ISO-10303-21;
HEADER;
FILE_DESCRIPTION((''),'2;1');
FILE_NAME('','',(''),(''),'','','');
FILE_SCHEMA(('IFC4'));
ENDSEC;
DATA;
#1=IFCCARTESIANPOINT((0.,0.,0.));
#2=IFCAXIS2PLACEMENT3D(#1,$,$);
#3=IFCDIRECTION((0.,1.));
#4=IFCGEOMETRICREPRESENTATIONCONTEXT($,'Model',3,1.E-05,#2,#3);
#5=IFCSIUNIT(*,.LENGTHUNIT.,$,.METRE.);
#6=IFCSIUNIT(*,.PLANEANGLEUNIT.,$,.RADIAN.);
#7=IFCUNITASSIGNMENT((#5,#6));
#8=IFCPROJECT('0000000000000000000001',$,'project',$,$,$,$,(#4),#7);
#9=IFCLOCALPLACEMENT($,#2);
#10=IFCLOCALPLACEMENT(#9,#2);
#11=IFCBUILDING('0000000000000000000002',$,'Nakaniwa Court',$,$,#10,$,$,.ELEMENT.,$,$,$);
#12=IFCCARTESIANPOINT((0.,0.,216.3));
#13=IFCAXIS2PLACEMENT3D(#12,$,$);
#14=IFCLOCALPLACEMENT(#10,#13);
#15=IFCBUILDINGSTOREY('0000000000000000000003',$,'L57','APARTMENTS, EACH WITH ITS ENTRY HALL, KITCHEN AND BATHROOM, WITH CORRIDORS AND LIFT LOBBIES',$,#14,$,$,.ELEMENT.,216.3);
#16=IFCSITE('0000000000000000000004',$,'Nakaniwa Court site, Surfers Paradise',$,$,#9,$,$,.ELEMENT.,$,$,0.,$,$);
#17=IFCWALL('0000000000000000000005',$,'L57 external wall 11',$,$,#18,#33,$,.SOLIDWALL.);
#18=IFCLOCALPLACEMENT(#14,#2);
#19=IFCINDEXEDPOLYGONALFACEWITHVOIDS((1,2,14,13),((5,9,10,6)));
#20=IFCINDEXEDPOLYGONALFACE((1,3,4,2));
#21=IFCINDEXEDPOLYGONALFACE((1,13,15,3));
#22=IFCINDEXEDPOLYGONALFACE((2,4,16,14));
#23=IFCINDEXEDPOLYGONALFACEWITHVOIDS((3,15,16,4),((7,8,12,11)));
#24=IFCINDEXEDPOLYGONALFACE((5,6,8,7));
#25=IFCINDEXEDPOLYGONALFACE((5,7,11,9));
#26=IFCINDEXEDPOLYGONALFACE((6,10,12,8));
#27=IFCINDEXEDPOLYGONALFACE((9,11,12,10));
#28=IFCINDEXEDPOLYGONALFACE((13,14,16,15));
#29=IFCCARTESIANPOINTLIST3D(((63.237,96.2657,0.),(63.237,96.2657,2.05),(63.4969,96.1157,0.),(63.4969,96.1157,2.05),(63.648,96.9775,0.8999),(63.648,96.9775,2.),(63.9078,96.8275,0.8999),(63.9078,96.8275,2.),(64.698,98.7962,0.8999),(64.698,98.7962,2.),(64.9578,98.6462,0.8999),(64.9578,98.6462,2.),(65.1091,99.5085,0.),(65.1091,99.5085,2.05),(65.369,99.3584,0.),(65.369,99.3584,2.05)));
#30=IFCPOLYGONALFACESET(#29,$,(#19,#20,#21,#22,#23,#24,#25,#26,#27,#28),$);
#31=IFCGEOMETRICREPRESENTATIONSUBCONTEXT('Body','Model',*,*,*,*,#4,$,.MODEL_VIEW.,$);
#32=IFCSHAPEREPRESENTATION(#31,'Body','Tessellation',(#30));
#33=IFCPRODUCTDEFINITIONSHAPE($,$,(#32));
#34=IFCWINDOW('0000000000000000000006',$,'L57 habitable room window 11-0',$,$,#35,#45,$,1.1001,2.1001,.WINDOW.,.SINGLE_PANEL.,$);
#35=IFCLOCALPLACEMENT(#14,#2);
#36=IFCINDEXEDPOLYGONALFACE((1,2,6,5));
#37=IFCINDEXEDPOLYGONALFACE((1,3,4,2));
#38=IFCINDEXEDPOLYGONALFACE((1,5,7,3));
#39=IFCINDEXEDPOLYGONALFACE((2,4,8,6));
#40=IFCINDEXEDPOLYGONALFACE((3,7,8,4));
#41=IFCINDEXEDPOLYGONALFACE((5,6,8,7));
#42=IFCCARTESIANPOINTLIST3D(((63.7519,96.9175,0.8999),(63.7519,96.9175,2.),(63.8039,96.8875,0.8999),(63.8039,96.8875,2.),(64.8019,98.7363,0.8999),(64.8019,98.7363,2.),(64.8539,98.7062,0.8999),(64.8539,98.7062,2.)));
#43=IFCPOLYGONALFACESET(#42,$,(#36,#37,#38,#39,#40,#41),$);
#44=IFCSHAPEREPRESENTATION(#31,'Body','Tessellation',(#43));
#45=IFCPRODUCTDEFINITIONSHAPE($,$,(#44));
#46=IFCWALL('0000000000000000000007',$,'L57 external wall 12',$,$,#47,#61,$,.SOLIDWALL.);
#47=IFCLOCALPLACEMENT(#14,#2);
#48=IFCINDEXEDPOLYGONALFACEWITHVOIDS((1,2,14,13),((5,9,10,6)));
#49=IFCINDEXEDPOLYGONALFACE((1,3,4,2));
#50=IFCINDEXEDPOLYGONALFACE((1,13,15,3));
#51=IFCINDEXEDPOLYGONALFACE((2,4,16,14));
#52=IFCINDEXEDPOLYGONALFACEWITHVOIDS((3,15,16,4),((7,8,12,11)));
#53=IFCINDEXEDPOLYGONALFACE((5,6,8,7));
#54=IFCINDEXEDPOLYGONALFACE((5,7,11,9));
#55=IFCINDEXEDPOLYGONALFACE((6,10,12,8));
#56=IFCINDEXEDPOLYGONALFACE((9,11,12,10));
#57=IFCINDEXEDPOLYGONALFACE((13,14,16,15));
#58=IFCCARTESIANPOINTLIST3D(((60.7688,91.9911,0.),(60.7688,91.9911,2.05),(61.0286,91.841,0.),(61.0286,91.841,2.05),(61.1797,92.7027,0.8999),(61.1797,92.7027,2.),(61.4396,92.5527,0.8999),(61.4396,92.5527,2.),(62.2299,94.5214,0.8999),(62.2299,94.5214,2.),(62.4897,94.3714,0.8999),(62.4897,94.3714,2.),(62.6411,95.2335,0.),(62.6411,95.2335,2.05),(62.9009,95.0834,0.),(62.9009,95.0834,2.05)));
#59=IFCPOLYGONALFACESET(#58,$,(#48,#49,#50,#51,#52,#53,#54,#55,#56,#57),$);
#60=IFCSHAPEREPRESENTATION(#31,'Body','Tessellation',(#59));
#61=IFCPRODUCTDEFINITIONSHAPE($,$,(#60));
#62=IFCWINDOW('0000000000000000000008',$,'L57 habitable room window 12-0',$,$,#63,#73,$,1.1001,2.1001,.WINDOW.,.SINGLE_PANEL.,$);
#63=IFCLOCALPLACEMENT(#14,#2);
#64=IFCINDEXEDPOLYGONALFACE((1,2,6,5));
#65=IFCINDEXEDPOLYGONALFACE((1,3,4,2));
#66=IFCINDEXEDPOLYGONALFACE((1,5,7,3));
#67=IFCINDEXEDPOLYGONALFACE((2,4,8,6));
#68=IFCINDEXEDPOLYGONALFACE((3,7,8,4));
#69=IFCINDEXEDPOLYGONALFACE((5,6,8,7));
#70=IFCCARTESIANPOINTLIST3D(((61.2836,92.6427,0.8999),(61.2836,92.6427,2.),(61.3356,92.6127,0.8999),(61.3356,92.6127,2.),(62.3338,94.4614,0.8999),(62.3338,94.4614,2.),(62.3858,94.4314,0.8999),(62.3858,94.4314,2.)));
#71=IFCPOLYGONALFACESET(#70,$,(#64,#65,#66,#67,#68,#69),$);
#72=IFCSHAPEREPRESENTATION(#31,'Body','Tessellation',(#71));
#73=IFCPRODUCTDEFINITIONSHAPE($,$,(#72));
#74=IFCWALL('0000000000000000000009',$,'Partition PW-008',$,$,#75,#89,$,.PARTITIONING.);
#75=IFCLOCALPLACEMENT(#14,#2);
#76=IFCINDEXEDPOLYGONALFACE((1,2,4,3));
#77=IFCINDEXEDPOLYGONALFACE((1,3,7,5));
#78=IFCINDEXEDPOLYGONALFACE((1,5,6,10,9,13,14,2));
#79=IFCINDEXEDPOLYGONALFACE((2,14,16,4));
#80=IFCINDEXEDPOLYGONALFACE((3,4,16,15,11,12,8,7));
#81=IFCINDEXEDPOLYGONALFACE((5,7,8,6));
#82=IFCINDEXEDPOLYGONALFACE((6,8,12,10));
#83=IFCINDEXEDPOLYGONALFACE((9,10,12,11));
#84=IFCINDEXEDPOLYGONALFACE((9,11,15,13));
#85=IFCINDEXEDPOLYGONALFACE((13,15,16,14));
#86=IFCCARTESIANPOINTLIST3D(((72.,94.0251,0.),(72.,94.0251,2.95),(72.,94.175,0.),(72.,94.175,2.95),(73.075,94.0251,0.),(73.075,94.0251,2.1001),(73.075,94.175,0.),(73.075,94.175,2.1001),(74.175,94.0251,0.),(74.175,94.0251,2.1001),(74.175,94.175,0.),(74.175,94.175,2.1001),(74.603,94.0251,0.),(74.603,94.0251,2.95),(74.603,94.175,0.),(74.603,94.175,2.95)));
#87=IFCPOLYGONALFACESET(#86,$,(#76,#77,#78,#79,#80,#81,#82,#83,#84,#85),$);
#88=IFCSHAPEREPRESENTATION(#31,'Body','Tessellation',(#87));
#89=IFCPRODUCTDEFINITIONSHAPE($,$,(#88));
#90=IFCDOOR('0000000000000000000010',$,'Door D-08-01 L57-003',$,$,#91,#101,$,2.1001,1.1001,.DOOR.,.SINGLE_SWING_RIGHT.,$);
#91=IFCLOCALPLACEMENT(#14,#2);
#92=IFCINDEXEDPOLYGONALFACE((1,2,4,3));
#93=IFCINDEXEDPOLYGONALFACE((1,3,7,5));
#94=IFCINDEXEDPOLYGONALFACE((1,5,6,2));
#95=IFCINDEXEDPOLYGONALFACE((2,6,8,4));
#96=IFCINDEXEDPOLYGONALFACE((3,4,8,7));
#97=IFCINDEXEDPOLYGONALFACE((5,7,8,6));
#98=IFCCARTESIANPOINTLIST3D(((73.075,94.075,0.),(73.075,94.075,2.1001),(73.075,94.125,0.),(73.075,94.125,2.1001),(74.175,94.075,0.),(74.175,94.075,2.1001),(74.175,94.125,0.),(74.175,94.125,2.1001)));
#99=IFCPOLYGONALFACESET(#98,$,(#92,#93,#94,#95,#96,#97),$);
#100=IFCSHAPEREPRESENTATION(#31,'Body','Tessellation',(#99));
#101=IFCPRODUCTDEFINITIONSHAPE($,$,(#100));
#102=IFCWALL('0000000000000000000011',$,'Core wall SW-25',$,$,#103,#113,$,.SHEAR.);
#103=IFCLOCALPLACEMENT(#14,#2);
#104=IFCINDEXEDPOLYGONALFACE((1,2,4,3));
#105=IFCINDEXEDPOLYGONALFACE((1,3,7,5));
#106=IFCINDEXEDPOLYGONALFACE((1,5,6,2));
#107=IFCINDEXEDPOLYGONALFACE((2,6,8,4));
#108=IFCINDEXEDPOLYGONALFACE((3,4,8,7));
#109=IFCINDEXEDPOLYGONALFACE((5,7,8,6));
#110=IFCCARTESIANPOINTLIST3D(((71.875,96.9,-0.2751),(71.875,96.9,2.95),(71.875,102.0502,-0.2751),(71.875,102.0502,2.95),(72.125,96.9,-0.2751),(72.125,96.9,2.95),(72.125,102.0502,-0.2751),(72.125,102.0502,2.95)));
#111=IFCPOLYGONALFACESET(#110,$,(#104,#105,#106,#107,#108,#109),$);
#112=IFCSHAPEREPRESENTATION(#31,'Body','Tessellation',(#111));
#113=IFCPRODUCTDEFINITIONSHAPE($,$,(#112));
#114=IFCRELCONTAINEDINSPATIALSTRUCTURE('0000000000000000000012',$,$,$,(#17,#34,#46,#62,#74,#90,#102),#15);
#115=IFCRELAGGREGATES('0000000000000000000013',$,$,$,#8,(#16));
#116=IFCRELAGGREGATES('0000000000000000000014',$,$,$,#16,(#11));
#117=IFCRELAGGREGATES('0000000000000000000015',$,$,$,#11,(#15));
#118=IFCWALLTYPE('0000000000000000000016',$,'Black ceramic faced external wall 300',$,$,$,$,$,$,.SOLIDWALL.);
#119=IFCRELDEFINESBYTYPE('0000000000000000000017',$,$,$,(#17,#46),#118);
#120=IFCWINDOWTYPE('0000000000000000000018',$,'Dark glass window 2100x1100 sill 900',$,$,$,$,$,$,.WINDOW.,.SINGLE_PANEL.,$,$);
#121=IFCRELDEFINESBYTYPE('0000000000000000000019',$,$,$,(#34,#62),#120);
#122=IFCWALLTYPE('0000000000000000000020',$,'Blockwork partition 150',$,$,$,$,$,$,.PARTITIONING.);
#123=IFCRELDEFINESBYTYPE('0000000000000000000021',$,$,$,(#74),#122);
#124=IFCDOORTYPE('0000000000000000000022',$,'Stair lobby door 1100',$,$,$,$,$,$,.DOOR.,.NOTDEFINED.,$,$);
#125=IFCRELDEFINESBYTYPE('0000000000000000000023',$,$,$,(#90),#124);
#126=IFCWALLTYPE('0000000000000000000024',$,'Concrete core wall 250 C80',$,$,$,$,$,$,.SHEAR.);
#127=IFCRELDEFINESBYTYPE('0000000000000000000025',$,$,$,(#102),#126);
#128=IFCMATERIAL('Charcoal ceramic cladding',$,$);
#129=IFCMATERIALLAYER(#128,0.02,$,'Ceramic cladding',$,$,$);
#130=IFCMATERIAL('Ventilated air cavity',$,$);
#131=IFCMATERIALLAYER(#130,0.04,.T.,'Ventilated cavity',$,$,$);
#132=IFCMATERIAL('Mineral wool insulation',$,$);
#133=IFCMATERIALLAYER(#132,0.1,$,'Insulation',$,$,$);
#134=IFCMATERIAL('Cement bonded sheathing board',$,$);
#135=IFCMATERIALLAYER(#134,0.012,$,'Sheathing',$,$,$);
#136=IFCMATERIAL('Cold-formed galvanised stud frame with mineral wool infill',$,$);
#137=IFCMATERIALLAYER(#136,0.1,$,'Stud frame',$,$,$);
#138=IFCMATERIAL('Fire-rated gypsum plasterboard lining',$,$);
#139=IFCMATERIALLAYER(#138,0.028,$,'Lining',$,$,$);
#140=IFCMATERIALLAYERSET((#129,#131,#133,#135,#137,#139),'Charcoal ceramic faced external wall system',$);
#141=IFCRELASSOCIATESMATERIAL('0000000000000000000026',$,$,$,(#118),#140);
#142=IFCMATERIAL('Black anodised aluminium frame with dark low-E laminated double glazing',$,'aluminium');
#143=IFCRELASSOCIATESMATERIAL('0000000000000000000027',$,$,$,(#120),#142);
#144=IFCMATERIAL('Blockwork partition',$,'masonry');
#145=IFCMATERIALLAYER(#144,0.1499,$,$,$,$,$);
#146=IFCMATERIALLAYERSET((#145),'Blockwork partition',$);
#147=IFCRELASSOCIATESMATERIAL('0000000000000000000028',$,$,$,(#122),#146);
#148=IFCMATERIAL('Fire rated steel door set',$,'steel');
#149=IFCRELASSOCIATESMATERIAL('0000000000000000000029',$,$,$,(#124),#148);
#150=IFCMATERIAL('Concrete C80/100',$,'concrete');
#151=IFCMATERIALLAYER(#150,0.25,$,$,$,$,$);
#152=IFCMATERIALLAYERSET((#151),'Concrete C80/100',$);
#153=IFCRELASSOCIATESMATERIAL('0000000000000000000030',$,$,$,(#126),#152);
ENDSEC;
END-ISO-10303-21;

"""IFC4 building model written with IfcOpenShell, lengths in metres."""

from ifc_helpers import new_model, si_unit, direction, frame, frame_2d, origin, place, context, subcontext, project, spatial, rectangle, extrude, material, layer, layer_set, type_object, element, fill, save


model = new_model("IFC4")

# Units and contexts
model_context = context("Model", 3, precision=1e-05, world=origin(), true_north=direction((0.0, 1.0)))
body_context = subcontext(model_context, "Body", "Model", "MODEL_VIEW")
ifc_project = project(units=[si_unit("LENGTHUNIT", "METRE"), si_unit("PLANEANGLEUNIT", "RADIAN")], contexts=[model_context])

# Site, building, storey
site_placement = place(None, origin())
site = spatial("IfcSite", under=ifc_project, at=site_placement, Name="Nakaniwa Court site, Surfers Paradise", CompositionType="ELEMENT", RefElevation=0.0)
building_placement = place(site_placement, origin())
building = spatial("IfcBuilding", under=site, at=building_placement, Name="Nakaniwa Court", CompositionType="ELEMENT")
storey_placement = place(building_placement, frame((0.0, 0.0, 216.3)))
storey = spatial("IfcBuildingStorey", under=building, at=storey_placement, Name="L57", Description="APARTMENTS, EACH WITH ITS ENTRY HALL, KITCHEN AND BATHROOM, WITH CORRIDORS AND LIFT LOBBIES", CompositionType="ELEMENT", Elevation=216.3)

# Shared definitions
ifc_material_1 = material(Name="Concrete C80/100", Category="concrete")

# Walls, openings, windows
ifc_material_2 = material(Name="Charcoal ceramic cladding")
ifc_layer_1 = layer(ifc_material_2, 0.02, Name="Ceramic cladding")
ifc_material_3 = material(Name="Ventilated air cavity")
ifc_layer_2 = layer(ifc_material_3, 0.04, ventilated=True, Name="Ventilated cavity")
ifc_material_4 = material(Name="Mineral wool insulation")
ifc_layer_3 = layer(ifc_material_4, 0.1, Name="Insulation")
ifc_material_5 = material(Name="Cement bonded sheathing board")
ifc_layer_4 = layer(ifc_material_5, 0.012, Name="Sheathing")
ifc_material_6 = material(Name="Cold-formed galvanised stud frame with mineral wool infill")
ifc_layer_5 = layer(ifc_material_6, 0.1, Name="Stud frame")
ifc_material_7 = material(Name="Fire-rated gypsum plasterboard lining")
ifc_layer_6 = layer(ifc_material_7, 0.028, Name="Lining")
ifc_layer_set_1 = layer_set([ifc_layer_1, ifc_layer_2, ifc_layer_3, ifc_layer_4, ifc_layer_5, ifc_layer_6], Name="Charcoal ceramic faced external wall system")
wall_type_1 = type_object("IfcWallType", Name="Black ceramic faced external wall 300", PredefinedType="SOLIDWALL", material=ifc_layer_set_1)
ifc_material_8 = material(Name="Black anodised aluminium frame with dark low-E laminated double glazing", Category="aluminium")
wall_1_placement = place(storey_placement, frame((65.239, 99.4333, 0.0), z_axis=(0.0, 0.0, 1.0), x_axis=(-0.499982, -0.866036, 0.0)))
wall_1 = element("IfcWall", 1, at=wall_1_placement, inside=storey, type_object=wall_type_1, Name="L57 external wall 11", PredefinedType="SOLIDWALL", context=body_context, shape_type="SweptSolid", body=[
    extrude(rectangle(XDim=3.7444, YDim=0.3, at=frame_2d((1.8721, 0.0))), origin(), (0.0, 0.0, 1.0), 2.05),
])
opening_1_placement = place(wall_1_placement, frame((0.8223, 0.0, 0.8999)))
opening_1 = element("IfcOpeningElement", 2, at=opening_1_placement, cuts=wall_1, PredefinedType="OPENING", context=body_context, shape_type="SweptSolid", body=[
    extrude(rectangle(XDim=2.1001, YDim=1.1001, at=frame_2d((1.05, 0.55))), frame((0.0, 0.1599, 0.0), z_axis=(0.0, -1.0, 0.0), x_axis=(1.0, 0.0, 0.0)), (0.0, 0.0, 1.0), 0.3201),
])
window_type_1 = type_object("IfcWindowType", Name="Dark glass window 2100x1100 sill 900", PartitioningType="SINGLE_PANEL", PredefinedType="WINDOW", material=ifc_material_8)
window_1_placement = place(opening_1_placement, origin())
window_1 = element("IfcWindow", 3, at=window_1_placement, inside=storey, type_object=window_type_1, Name="L57 habitable room window 11-0", OverallHeight=1.1001, OverallWidth=2.1001, PartitioningType="SINGLE_PANEL", PredefinedType="WINDOW", context=body_context, shape_type="SweptSolid", body=[
    extrude(rectangle(XDim=2.1001, YDim=1.1001, at=frame_2d((1.05, 0.55))), frame((0.0, 0.03, 0.0), z_axis=(0.0, -1.0, 0.0), x_axis=(1.0, 0.0, 0.0)), (0.0, 0.0, 1.0), 0.0601),
])
fill(opening_1, window_1)
wall_2_placement = place(storey_placement, frame((62.771, 95.1584, 0.0), z_axis=(0.0, 0.0, 1.0), x_axis=(-0.500059, -0.865991, 0.0)))
wall_2 = element("IfcWall", 4, at=wall_2_placement, inside=storey, type_object=wall_type_1, Name="L57 external wall 12", PredefinedType="SOLIDWALL", context=body_context, shape_type="SweptSolid", body=[
    extrude(rectangle(XDim=3.7441, YDim=0.3, at=frame_2d((1.8721, 0.0))), origin(), (0.0, 0.0, 1.0), 2.05),
])
opening_2_placement = place(wall_2_placement, frame((0.8223, 0.0, 0.8999)))
opening_2 = element("IfcOpeningElement", 5, at=opening_2_placement, cuts=wall_2, PredefinedType="OPENING", context=body_context, shape_type="SweptSolid", body=[
    extrude(rectangle(XDim=2.1001, YDim=1.1001, at=frame_2d((1.05, 0.55))), frame((0.0, 0.1599, 0.0), z_axis=(0.0, -1.0, 0.0), x_axis=(1.0, 0.0, 0.0)), (0.0, 0.0, 1.0), 0.3201),
])
window_2_placement = place(opening_2_placement, origin())
window_2 = element("IfcWindow", 6, at=window_2_placement, inside=storey, type_object=window_type_1, Name="L57 habitable room window 12-0", OverallHeight=1.1001, OverallWidth=2.1001, PartitioningType="SINGLE_PANEL", PredefinedType="WINDOW", context=body_context, shape_type="SweptSolid", body=[
    extrude(rectangle(XDim=2.1001, YDim=1.1001, at=frame_2d((1.05, 0.55))), frame((0.0, 0.03, 0.0), z_axis=(0.0, -1.0, 0.0), x_axis=(1.0, 0.0, 0.0)), (0.0, 0.0, 1.0), 0.0601),
])
fill(opening_2, window_2)

# Wall, opening, door
ifc_material_9 = material(Name="Blockwork partition", Category="masonry")
ifc_layer_7 = layer(ifc_material_9, 0.1499)
ifc_layer_set_2 = layer_set([ifc_layer_7], Name="Blockwork partition")
wall_type_2 = type_object("IfcWallType", Name="Blockwork partition 150", PredefinedType="PARTITIONING", material=ifc_layer_set_2)
wall_3_placement = place(storey_placement, frame((72.0, 94.1001, 0.0), z_axis=(0.0, 0.0, 1.0), x_axis=(1.0, 0.0, 0.0)))
wall_3 = element("IfcWall", 7, at=wall_3_placement, inside=storey, type_object=wall_type_2, Name="Partition PW-008", PredefinedType="PARTITIONING", context=body_context, shape_type="SweptSolid", body=[
    extrude(rectangle(XDim=2.603, YDim=0.1499, at=frame_2d((1.3015, 0.0))), origin(), (0.0, 0.0, 1.0), 2.95),
])
opening_3_placement = place(wall_3_placement, frame((1.075, 0.0, 0.0)))
opening_3 = element("IfcOpeningElement", 8, at=opening_3_placement, cuts=wall_3, PredefinedType="OPENING", context=body_context, shape_type="SweptSolid", body=[
    extrude(rectangle(XDim=1.1001, YDim=2.1001, at=frame_2d((0.55, 1.05))), frame((0.0, 0.085, 0.0), z_axis=(0.0, -1.0, 0.0), x_axis=(1.0, 0.0, 0.0)), (0.0, 0.0, 1.0), 0.1699),
])
ifc_material_10 = material(Name="Fire rated steel door set", Category="steel")
door_type_1 = type_object("IfcDoorType", Name="Stair lobby door 1100", OperationType="NOTDEFINED", PredefinedType="DOOR", material=ifc_material_10)
door_1_placement = place(opening_3_placement, origin())
door_1 = element("IfcDoor", 9, at=door_1_placement, inside=storey, type_object=door_type_1, Name="Door D-08-01 L57-003", OperationType="SINGLE_SWING_RIGHT", OverallHeight=2.1001, OverallWidth=1.1001, PredefinedType="DOOR", context=body_context, shape_type="SweptSolid", body=[
    extrude(rectangle(XDim=1.1001, YDim=2.1001, at=frame_2d((0.55, 1.05))), frame((0.0, 0.0249, 0.0), z_axis=(0.0, -1.0, 0.0), x_axis=(1.0, 0.0, 0.0)), (0.0, 0.0, 1.0), 0.05),
])
fill(opening_3, door_1)

# Wall
ifc_layer_8 = layer(ifc_material_1, 0.25)
ifc_layer_set_3 = layer_set([ifc_layer_8], Name="Concrete C80/100")
wall_type_3 = type_object("IfcWallType", Name="Concrete core wall 250 C80", PredefinedType="SHEAR", material=ifc_layer_set_3)
wall_4_placement = place(storey_placement, frame((72.0, 96.8999, -0.2751), z_axis=(0.0, 0.0, 1.0), x_axis=(0.0, 1.0, 0.0)))
element("IfcWall", 10, at=wall_4_placement, inside=storey, type_object=wall_type_3, Name="Core wall SW-25", PredefinedType="SHEAR", context=body_context, shape_type="SweptSolid", body=[
    extrude(rectangle(XDim=5.1501, YDim=0.25, at=frame_2d((2.5752, 0.0))), origin(), (0.0, 0.0, 1.0), 3.2251),
])

save(model, "model.ifc")
